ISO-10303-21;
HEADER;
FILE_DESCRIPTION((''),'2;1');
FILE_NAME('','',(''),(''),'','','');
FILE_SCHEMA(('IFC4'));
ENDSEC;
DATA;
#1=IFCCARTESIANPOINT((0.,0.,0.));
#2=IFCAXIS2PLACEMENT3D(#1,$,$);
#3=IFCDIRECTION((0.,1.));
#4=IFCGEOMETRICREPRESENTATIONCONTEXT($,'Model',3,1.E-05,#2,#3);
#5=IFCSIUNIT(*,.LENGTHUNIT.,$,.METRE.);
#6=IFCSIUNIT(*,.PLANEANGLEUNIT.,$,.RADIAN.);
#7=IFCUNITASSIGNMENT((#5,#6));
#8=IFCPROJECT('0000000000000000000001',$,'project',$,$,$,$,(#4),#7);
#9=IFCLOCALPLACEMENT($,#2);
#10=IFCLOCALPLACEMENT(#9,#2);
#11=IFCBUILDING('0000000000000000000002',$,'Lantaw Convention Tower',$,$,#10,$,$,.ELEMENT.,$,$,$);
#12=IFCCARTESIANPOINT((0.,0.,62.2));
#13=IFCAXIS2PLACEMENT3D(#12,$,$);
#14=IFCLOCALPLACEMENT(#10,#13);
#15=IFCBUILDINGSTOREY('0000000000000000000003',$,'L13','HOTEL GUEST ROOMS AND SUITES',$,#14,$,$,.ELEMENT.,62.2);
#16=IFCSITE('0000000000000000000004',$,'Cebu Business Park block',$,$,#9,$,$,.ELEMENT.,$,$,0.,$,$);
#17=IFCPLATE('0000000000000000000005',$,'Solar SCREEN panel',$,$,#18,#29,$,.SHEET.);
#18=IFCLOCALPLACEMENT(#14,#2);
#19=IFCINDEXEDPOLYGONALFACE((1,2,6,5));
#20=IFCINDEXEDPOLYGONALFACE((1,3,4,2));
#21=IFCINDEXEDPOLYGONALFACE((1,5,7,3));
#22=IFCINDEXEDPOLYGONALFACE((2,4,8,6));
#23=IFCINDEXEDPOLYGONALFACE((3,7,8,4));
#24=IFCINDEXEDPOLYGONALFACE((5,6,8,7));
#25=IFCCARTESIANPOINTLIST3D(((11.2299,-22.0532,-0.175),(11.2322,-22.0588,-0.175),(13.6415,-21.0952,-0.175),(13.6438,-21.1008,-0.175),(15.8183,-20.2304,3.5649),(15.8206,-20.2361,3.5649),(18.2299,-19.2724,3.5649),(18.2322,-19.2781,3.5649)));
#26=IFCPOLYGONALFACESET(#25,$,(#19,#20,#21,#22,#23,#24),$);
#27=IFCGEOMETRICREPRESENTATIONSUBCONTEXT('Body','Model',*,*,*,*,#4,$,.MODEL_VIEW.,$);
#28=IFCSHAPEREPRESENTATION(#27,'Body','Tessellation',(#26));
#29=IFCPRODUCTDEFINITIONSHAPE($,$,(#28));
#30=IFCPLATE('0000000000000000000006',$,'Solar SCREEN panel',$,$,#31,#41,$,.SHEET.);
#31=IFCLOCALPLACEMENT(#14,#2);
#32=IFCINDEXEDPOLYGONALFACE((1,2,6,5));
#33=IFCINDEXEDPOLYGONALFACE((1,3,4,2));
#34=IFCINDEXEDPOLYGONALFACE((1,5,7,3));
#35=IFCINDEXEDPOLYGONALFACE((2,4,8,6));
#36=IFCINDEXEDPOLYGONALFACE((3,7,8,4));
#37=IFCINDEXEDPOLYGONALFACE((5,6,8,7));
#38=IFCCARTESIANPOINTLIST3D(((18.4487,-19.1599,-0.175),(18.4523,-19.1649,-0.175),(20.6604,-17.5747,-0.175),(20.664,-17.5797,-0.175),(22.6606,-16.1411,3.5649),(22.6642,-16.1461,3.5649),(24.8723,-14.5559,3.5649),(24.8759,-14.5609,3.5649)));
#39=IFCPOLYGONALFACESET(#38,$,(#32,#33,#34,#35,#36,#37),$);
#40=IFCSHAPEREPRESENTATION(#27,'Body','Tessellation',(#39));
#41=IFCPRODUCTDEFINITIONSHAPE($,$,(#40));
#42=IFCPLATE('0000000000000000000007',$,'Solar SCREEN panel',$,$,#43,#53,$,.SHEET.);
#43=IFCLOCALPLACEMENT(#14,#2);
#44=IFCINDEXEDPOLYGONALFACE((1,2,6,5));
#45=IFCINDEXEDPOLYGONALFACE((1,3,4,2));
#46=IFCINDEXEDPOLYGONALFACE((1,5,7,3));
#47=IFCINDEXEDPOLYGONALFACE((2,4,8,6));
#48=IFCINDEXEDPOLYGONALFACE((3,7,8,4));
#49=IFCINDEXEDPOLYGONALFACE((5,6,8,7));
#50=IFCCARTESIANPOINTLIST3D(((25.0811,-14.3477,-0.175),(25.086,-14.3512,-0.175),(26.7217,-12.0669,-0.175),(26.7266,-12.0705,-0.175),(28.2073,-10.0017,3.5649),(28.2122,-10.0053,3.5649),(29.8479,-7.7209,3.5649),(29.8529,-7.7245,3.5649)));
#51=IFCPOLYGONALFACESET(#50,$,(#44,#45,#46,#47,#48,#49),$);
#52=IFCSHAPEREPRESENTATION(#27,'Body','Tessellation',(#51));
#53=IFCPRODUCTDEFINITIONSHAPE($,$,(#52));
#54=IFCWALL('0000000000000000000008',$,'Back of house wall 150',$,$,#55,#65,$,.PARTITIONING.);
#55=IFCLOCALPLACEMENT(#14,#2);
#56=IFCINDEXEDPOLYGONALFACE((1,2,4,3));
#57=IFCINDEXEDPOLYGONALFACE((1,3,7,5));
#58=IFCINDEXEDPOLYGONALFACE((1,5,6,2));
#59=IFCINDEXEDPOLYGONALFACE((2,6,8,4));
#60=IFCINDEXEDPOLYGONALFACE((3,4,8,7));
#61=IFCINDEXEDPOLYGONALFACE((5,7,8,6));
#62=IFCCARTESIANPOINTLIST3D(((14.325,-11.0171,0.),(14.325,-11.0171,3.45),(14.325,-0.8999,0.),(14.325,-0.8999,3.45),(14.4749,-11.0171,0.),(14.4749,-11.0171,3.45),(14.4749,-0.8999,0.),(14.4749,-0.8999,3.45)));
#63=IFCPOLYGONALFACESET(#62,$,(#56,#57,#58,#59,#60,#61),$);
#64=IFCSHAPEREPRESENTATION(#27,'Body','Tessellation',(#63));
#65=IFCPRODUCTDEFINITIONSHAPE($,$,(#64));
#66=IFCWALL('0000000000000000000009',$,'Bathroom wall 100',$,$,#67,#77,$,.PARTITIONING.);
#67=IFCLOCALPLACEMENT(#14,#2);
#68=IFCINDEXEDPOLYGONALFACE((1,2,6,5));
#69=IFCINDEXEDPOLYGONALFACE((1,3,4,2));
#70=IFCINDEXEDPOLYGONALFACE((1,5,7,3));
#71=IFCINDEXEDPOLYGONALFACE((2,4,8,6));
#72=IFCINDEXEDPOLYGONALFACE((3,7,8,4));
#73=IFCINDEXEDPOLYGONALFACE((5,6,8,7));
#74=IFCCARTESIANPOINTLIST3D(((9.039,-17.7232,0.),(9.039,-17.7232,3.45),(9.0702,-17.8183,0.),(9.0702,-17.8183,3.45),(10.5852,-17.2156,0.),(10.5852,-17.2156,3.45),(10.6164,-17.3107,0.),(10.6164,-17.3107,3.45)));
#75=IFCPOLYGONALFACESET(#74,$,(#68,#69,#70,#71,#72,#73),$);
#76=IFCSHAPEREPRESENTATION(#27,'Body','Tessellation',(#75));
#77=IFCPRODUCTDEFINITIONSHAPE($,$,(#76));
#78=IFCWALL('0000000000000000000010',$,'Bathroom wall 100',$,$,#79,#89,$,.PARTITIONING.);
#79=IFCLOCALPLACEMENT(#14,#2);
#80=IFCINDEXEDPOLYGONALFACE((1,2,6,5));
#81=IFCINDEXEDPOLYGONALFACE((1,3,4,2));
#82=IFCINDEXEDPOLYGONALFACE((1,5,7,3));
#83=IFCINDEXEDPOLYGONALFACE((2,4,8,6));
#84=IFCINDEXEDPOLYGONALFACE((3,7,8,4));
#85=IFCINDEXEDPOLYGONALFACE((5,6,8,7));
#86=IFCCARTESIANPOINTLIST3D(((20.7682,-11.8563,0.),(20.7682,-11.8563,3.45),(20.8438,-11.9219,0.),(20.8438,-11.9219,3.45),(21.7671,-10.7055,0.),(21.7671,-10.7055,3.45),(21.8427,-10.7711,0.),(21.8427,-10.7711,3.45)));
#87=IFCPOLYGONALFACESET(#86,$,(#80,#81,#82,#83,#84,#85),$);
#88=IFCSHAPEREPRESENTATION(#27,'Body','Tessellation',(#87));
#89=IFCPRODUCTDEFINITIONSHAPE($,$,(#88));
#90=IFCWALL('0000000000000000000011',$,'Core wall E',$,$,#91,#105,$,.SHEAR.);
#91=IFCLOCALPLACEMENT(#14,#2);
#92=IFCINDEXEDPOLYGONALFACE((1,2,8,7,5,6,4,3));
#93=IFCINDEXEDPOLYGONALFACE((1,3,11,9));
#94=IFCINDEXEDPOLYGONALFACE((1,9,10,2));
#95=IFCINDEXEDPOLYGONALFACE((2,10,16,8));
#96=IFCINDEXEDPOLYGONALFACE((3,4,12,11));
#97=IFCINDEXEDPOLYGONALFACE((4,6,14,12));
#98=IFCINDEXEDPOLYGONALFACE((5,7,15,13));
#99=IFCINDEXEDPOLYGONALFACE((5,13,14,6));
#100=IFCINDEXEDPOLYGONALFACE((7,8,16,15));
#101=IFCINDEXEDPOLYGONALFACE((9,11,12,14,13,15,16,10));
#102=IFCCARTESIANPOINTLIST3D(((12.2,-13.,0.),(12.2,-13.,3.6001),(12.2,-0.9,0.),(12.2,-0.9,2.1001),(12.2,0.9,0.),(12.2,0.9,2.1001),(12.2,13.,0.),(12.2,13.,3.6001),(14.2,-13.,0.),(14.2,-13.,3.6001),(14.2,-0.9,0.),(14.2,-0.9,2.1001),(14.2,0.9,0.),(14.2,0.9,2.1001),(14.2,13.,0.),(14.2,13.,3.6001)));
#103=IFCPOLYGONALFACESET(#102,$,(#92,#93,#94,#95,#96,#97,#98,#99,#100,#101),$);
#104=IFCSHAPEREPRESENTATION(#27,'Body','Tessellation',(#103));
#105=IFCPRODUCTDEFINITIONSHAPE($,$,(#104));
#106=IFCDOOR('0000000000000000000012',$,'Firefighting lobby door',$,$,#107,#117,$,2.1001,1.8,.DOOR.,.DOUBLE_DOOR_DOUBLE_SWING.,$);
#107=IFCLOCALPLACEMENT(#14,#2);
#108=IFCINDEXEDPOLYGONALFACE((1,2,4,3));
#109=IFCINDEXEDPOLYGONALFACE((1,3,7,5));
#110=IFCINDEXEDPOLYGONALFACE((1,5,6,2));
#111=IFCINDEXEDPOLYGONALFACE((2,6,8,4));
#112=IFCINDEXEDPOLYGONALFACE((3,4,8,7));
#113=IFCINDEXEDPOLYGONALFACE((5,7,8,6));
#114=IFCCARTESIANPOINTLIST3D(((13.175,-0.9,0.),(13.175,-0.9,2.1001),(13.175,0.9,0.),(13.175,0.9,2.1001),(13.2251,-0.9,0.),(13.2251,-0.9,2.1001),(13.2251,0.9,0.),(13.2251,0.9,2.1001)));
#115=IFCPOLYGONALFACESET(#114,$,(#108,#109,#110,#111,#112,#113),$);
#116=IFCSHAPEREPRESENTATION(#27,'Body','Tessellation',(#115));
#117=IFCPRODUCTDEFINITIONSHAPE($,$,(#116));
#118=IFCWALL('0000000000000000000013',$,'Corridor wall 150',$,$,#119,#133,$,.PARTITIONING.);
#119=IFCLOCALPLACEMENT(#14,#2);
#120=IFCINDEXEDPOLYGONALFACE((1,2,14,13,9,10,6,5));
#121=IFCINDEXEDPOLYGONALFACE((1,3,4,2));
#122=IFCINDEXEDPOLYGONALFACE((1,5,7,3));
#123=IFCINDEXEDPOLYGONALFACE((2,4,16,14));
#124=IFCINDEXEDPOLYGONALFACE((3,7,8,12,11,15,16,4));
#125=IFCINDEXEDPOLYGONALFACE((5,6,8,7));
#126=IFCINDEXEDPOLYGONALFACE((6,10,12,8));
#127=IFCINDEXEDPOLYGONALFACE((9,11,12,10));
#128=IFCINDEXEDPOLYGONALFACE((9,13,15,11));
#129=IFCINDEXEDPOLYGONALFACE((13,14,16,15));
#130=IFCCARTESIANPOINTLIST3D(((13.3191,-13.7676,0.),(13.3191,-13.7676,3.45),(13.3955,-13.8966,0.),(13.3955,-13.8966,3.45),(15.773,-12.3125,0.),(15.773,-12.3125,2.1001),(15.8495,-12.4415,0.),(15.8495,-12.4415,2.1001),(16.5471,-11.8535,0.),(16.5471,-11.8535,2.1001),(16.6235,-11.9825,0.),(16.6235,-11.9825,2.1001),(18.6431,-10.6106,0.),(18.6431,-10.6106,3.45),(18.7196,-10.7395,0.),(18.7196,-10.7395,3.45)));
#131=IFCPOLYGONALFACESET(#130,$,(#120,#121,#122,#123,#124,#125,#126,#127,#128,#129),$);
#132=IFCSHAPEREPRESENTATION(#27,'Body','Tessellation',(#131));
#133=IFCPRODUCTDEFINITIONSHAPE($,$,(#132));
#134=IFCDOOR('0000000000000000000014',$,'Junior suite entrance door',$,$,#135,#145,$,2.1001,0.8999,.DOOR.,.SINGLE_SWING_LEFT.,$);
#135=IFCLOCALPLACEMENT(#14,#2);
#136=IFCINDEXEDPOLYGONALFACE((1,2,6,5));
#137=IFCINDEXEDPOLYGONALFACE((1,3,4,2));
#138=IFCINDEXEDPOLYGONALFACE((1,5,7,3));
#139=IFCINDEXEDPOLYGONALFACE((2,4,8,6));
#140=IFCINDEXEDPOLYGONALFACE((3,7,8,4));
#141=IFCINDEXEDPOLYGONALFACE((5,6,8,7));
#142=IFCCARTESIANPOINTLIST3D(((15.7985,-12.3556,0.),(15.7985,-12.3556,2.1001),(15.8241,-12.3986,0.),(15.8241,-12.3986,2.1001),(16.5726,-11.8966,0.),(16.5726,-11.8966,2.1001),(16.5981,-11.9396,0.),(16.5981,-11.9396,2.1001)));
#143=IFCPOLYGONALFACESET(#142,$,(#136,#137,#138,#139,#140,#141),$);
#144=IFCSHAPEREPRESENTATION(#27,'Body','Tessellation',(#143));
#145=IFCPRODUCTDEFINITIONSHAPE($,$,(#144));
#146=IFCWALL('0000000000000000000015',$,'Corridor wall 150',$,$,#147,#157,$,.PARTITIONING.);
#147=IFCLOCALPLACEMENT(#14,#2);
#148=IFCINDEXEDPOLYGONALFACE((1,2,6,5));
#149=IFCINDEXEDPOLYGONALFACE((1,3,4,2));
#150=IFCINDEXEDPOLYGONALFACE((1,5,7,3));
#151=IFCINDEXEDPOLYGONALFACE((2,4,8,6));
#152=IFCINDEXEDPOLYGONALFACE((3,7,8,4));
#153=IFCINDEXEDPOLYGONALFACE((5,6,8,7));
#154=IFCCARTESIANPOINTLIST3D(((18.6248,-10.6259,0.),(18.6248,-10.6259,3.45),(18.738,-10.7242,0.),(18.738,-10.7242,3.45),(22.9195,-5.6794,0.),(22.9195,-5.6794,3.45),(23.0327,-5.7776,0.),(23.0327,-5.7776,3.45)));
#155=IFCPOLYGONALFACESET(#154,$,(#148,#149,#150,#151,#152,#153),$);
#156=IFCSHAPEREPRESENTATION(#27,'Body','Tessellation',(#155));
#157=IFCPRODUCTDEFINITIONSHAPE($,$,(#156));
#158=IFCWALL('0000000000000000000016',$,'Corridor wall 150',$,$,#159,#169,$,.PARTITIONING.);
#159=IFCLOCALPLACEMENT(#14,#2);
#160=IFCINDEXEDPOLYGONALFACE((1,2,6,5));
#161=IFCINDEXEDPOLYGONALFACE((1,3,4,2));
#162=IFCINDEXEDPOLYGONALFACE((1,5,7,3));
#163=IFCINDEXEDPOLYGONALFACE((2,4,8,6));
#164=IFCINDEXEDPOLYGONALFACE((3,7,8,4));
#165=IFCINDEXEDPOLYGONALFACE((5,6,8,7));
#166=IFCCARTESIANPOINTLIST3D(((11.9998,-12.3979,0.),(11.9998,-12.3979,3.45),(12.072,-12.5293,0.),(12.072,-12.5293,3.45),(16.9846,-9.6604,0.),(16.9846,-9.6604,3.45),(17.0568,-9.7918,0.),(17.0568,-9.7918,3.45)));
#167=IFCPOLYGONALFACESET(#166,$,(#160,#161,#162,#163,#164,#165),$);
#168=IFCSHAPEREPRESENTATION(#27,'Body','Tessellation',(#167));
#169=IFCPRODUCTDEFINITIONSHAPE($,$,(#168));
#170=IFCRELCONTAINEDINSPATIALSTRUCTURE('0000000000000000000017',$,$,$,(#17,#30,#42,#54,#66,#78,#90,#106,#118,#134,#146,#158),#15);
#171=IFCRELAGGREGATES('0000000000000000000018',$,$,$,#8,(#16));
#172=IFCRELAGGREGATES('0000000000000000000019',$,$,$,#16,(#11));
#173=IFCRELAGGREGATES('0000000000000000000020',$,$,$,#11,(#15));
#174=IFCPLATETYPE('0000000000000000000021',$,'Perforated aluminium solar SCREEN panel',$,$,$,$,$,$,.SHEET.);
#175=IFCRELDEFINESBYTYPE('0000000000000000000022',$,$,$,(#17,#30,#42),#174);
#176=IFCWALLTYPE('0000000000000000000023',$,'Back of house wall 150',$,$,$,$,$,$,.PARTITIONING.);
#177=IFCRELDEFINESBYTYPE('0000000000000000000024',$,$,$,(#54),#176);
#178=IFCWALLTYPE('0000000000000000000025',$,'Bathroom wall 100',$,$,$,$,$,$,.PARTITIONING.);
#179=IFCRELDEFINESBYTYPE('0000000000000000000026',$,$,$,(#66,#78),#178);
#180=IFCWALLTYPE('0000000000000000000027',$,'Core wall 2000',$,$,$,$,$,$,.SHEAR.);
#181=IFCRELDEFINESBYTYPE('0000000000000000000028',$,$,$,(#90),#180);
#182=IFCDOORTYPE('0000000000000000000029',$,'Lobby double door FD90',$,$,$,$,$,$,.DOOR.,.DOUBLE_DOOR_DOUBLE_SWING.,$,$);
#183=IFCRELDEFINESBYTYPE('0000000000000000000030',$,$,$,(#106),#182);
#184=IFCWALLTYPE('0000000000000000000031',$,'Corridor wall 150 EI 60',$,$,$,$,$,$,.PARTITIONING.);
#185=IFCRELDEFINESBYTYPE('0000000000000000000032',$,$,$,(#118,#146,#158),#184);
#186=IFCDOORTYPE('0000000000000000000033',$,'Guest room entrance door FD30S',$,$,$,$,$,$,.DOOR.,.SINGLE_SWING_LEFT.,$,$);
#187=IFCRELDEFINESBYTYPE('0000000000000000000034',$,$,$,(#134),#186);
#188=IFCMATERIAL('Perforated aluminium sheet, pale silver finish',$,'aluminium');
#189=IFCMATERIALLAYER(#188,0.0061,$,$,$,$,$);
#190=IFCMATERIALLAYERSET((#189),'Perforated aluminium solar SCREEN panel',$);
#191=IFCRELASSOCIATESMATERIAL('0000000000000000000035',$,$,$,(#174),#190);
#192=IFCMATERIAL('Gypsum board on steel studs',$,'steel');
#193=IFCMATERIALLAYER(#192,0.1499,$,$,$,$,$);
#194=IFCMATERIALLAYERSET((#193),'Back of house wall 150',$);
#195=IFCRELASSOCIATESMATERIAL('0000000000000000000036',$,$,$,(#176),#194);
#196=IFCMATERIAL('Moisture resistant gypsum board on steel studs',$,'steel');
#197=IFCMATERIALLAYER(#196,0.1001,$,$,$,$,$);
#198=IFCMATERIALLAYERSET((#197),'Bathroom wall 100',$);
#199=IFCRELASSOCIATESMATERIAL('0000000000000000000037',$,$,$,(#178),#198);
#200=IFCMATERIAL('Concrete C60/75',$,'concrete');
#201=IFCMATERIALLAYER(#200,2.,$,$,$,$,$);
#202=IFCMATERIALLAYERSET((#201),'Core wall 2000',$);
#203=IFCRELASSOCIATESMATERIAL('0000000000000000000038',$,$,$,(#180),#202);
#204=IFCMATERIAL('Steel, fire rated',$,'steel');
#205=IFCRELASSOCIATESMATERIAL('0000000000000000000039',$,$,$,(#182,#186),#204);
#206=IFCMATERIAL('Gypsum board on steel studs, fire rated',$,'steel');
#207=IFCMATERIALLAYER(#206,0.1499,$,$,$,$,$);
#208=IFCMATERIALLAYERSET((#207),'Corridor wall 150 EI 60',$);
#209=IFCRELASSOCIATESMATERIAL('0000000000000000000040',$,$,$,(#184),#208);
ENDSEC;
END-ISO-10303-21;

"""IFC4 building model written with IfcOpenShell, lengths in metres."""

from ifc_helpers import new_model, si_unit, direction, frame, frame_2d, origin, place, context, subcontext, project, spatial, polyline, rectangle, outline, extrude, material, layer, layer_set, type_object, element, fill, save


model = new_model("IFC4")

# Units and contexts
model_context = context("Model", 3, precision=1e-05, world=origin(), true_north=direction((0.0, 1.0)))
body_context = subcontext(model_context, "Body", "Model", "MODEL_VIEW")
ifc_project = project(units=[si_unit("LENGTHUNIT", "METRE"), si_unit("PLANEANGLEUNIT", "RADIAN")], contexts=[model_context])

# Site, building, storey
site_placement = place(None, origin())
site = spatial("IfcSite", under=ifc_project, at=site_placement, Name="Cebu Business Park block", CompositionType="ELEMENT", RefElevation=0.0)
building_placement = place(site_placement, origin())
building = spatial("IfcBuilding", under=site, at=building_placement, Name="Lantaw Convention Tower", CompositionType="ELEMENT")
storey_placement = place(building_placement, frame((0.0, 0.0, 62.2)))
storey = spatial("IfcBuildingStorey", under=building, at=storey_placement, Name="L13", Description="HOTEL GUEST ROOMS AND SUITES", CompositionType="ELEMENT", Elevation=62.2)

# Shared definitions
ifc_material_1 = material(Name="Concrete C60/75", Category="concrete")

# Plates
ifc_material_2 = material(Name="Perforated aluminium sheet, pale silver finish", Category="aluminium")
ifc_layer_1 = layer(ifc_material_2, 0.0061)
ifc_layer_set_1 = layer_set([ifc_layer_1], Name="Perforated aluminium solar SCREEN panel")
plate_type = type_object("IfcPlateType", Name="Perforated aluminium solar SCREEN panel", PredefinedType="SHEET", material=ifc_layer_set_1)
plate_1_placement = place(storey_placement, frame((11.2322, -22.0588, -0.175), z_axis=(0.369184, -0.929357, 0.000009), x_axis=(0.929357, 0.369184, 0.0)))
element("IfcPlate", 1, at=plate_1_placement, inside=storey, type_object=plate_type, Name="Solar SCREEN panel", PredefinedType="SHEET", context=body_context, shape_type="SweptSolid", body=[
    extrude(outline(polyline([(0.0, 0.0), (2.5949, 0.0), (7.5321, 3.74), (4.9372, 3.74), (0.0, 0.0)])), origin(), (0.0, 0.0, -1.0), 0.0061),
])
plate_2_placement = place(storey_placement, frame((18.4487, -19.1599, -0.175), z_axis=(-0.582561, 0.812787, 0.000016), x_axis=(0.812787, 0.582561, 0.0)))
element("IfcPlate", 2, at=plate_2_placement, inside=storey, type_object=plate_type, Name="Solar SCREEN panel", PredefinedType="SHEET", context=body_context, shape_type="SweptSolid", body=[
    extrude(outline(polyline([(0.0, 0.0), (2.7211, 0.0), (7.9031, -3.74), (5.182, -3.74), (0.0, 0.0)])), origin(), (0.0, 0.0, -1.0), 0.0061),
])
plate_3_placement = place(storey_placement, frame((25.0811, -14.3477, -0.175), z_axis=(-0.811791, 0.583948, 0.000009), x_axis=(0.583948, 0.811791, 0.0)))
element("IfcPlate", 3, at=plate_3_placement, inside=storey, type_object=plate_type, Name="Solar SCREEN panel", PredefinedType="SHEET", context=body_context, shape_type="SweptSolid", body=[
    extrude(outline(polyline([(0.0, 0.0), (2.8095, 0.0), (8.1631, -3.74), (5.3536, -3.74), (0.0, 0.0)])), origin(), (0.0, 0.0, -1.0), 0.0061),
])

# Walls
ifc_material_3 = material(Name="Gypsum board on steel studs", Category="steel")
ifc_layer_2 = layer(ifc_material_3, 0.1499)
ifc_layer_set_2 = layer_set([ifc_layer_2], Name="Back of house wall 150")
wall_type_1 = type_object("IfcWallType", Name="Back of house wall 150", PredefinedType="PARTITIONING", material=ifc_layer_set_2)
wall_1_placement = place(storey_placement, frame((14.3999, -11.0171, 0.0), z_axis=(0.0, 0.0, 1.0), x_axis=(0.0, 1.0, 0.0)))
element("IfcWall", 4, at=wall_1_placement, inside=storey, type_object=wall_type_1, Name="Back of house wall 150", PredefinedType="PARTITIONING", context=body_context, shape_type="SweptSolid", body=[
    extrude(rectangle(XDim=10.1172, YDim=0.1499, at=frame_2d((5.0586, 0.0))), origin(), (0.0, 0.0, 1.0), 3.45),
])
ifc_material_4 = material(Name="Moisture resistant gypsum board on steel studs", Category="steel")
ifc_layer_3 = layer(ifc_material_4, 0.1001)
ifc_layer_set_3 = layer_set([ifc_layer_3], Name="Bathroom wall 100")
wall_type_2 = type_object("IfcWallType", Name="Bathroom wall 100", PredefinedType="PARTITIONING", material=ifc_layer_set_3)
wall_2_placement = place(storey_placement, frame((10.6008, -17.2632, 0.0), z_axis=(0.0, 0.0, 1.0), x_axis=(-0.950114, -0.311904, 0.0)))
element("IfcWall", 5, at=wall_2_placement, inside=storey, type_object=wall_type_2, Name="Bathroom wall 100", PredefinedType="PARTITIONING", context=body_context, shape_type="SweptSolid", body=[
    extrude(rectangle(XDim=1.6274, YDim=0.1001, at=frame_2d((0.8137, 0.0))), origin(), (0.0, 0.0, 1.0), 3.45),
])
wall_3_placement = place(storey_placement, frame((21.8049, -10.7383, 0.0), z_axis=(0.0, 0.0, 1.0), x_axis=(-0.655528, -0.755171, 0.0)))
element("IfcWall", 6, at=wall_3_placement, inside=storey, type_object=wall_type_2, Name="Bathroom wall 100", PredefinedType="PARTITIONING", context=body_context, shape_type="SweptSolid", body=[
    extrude(rectangle(XDim=1.5239, YDim=0.1001, at=frame_2d((0.762, 0.0))), origin(), (0.0, 0.0, 1.0), 3.45),
])

# Walls, openings, doors
ifc_layer_4 = layer(ifc_material_1, 2.0)
ifc_layer_set_4 = layer_set([ifc_layer_4], Name="Core wall 2000")
wall_type_3 = type_object("IfcWallType", Name="Core wall 2000", PredefinedType="SHEAR", material=ifc_layer_set_4)
wall_4_placement = place(storey_placement, frame((13.2, -13.0, 0.0), z_axis=(0.0, 0.0, 1.0), x_axis=(0.0, 1.0, 0.0)))
wall_4 = element("IfcWall", 7, at=wall_4_placement, inside=storey, type_object=wall_type_3, Name="Core wall E", PredefinedType="SHEAR", context=body_context, shape_type="SweptSolid", body=[
    extrude(rectangle(XDim=26.0, YDim=2.0, at=frame_2d((13.0, 0.0))), origin(), (0.0, 0.0, 1.0), 3.6001),
])
opening_1_placement = place(wall_4_placement, frame((12.1001, 0.0, 0.0)))
opening_1 = element("IfcOpeningElement", 8, at=opening_1_placement, cuts=wall_4, PredefinedType="OPENING", context=body_context, shape_type="SweptSolid", body=[
    extrude(rectangle(XDim=1.8, YDim=2.1001, at=frame_2d((0.8999, 1.05))), frame((0.0, 1.01, 0.0), z_axis=(0.0, -1.0, 0.0), x_axis=(1.0, 0.0, 0.0)), (0.0, 0.0, 1.0), 2.02),
])
ifc_material_5 = material(Name="Steel, fire rated", Category="steel")
door_type_1 = type_object("IfcDoorType", Name="Lobby double door FD90", OperationType="DOUBLE_DOOR_DOUBLE_SWING", PredefinedType="DOOR", material=ifc_material_5)
door_1_placement = place(opening_1_placement, origin())
door_1 = element("IfcDoor", 9, at=door_1_placement, inside=storey, type_object=door_type_1, Name="Firefighting lobby door", OperationType="DOUBLE_DOOR_DOUBLE_SWING", OverallHeight=2.1001, OverallWidth=1.8, PredefinedType="DOOR", context=body_context, shape_type="SweptSolid", body=[
    extrude(rectangle(XDim=1.8, YDim=2.1001, at=frame_2d((0.8999, 1.05))), frame((0.0, 0.0249, 0.0), z_axis=(0.0, -1.0, 0.0), x_axis=(1.0, 0.0, 0.0)), (0.0, 0.0, 1.0), 0.05),
])
fill(opening_1, door_1)
ifc_material_6 = material(Name="Gypsum board on steel studs, fire rated", Category="steel")
ifc_layer_5 = layer(ifc_material_6, 0.1499)
ifc_layer_set_5 = layer_set([ifc_layer_5], Name="Corridor wall 150 EI 60")
wall_type_4 = type_object("IfcWallType", Name="Corridor wall 150 EI 60", PredefinedType="PARTITIONING", material=ifc_layer_set_5)
wall_5_placement = place(storey_placement, frame((13.3574, -13.832, 0.0), z_axis=(0.0, 0.0, 1.0), x_axis=(0.860147, 0.510046, 0.0)))
wall_5 = element("IfcWall", 10, at=wall_5_placement, inside=storey, type_object=wall_type_4, Name="Corridor wall 150", PredefinedType="PARTITIONING", context=body_context, shape_type="SweptSolid", body=[
    extrude(rectangle(XDim=6.1897, YDim=0.1499, at=frame_2d((3.0947, 0.0))), origin(), (0.0, 0.0, 1.0), 3.45),
])
opening_2_placement = place(wall_5_placement, frame((2.8528, 0.0, 0.0)))
opening_2 = element("IfcOpeningElement", 11, at=opening_2_placement, cuts=wall_5, PredefinedType="OPENING", context=body_context, shape_type="SweptSolid", body=[
    extrude(rectangle(XDim=0.8999, YDim=2.1001, at=frame_2d((0.45, 1.05))), frame((0.0, 0.085, 0.0), z_axis=(0.0, -1.0, 0.0), x_axis=(1.0, 0.0, 0.0)), (0.0, 0.0, 1.0), 0.1699),
])
door_type_2 = type_object("IfcDoorType", Name="Guest room entrance door FD30S", OperationType="SINGLE_SWING_LEFT", PredefinedType="DOOR", material=ifc_material_5)
door_2_placement = place(opening_2_placement, origin())
door_2 = element("IfcDoor", 12, at=door_2_placement, inside=storey, type_object=door_type_2, Name="Junior suite entrance door", OperationType="SINGLE_SWING_LEFT", OverallHeight=2.1001, OverallWidth=0.8999, PredefinedType="DOOR", context=body_context, shape_type="SweptSolid", body=[
    extrude(rectangle(XDim=0.8999, YDim=2.1001, at=frame_2d((0.45, 1.05))), frame((0.0, 0.0249, 0.0), z_axis=(0.0, -1.0, 0.0), x_axis=(1.0, 0.0, 0.0)), (0.0, 0.0, 1.0), 0.05),
])
fill(opening_2, door_2)

# Walls
wall_6_placement = place(storey_placement, frame((18.6814, -10.675, 0.0), z_axis=(0.0, 0.0, 1.0), x_axis=(0.6556, 0.755108, 0.0)))
element("IfcWall", 13, at=wall_6_placement, inside=storey, type_object=wall_type_4, Name="Corridor wall 150", PredefinedType="PARTITIONING", context=body_context, shape_type="SweptSolid", body=[
    extrude(rectangle(XDim=6.5508, YDim=0.1499, at=frame_2d((3.2754, 0.0))), origin(), (0.0, 0.0, 1.0), 3.45),
])
wall_7_placement = place(storey_placement, frame((12.0359, -12.4636, 0.0), z_axis=(0.0, 0.0, 1.0), x_axis=(0.876522, 0.481362, 0.0)))
element("IfcWall", 14, at=wall_7_placement, inside=storey, type_object=wall_type_4, Name="Corridor wall 150", PredefinedType="PARTITIONING", context=body_context, shape_type="SweptSolid", body=[
    extrude(rectangle(XDim=5.687, YDim=0.1499, at=frame_2d((2.8435, 0.0))), origin(), (0.0, 0.0, 1.0), 3.45),
])

save(model, "model.ifc")
